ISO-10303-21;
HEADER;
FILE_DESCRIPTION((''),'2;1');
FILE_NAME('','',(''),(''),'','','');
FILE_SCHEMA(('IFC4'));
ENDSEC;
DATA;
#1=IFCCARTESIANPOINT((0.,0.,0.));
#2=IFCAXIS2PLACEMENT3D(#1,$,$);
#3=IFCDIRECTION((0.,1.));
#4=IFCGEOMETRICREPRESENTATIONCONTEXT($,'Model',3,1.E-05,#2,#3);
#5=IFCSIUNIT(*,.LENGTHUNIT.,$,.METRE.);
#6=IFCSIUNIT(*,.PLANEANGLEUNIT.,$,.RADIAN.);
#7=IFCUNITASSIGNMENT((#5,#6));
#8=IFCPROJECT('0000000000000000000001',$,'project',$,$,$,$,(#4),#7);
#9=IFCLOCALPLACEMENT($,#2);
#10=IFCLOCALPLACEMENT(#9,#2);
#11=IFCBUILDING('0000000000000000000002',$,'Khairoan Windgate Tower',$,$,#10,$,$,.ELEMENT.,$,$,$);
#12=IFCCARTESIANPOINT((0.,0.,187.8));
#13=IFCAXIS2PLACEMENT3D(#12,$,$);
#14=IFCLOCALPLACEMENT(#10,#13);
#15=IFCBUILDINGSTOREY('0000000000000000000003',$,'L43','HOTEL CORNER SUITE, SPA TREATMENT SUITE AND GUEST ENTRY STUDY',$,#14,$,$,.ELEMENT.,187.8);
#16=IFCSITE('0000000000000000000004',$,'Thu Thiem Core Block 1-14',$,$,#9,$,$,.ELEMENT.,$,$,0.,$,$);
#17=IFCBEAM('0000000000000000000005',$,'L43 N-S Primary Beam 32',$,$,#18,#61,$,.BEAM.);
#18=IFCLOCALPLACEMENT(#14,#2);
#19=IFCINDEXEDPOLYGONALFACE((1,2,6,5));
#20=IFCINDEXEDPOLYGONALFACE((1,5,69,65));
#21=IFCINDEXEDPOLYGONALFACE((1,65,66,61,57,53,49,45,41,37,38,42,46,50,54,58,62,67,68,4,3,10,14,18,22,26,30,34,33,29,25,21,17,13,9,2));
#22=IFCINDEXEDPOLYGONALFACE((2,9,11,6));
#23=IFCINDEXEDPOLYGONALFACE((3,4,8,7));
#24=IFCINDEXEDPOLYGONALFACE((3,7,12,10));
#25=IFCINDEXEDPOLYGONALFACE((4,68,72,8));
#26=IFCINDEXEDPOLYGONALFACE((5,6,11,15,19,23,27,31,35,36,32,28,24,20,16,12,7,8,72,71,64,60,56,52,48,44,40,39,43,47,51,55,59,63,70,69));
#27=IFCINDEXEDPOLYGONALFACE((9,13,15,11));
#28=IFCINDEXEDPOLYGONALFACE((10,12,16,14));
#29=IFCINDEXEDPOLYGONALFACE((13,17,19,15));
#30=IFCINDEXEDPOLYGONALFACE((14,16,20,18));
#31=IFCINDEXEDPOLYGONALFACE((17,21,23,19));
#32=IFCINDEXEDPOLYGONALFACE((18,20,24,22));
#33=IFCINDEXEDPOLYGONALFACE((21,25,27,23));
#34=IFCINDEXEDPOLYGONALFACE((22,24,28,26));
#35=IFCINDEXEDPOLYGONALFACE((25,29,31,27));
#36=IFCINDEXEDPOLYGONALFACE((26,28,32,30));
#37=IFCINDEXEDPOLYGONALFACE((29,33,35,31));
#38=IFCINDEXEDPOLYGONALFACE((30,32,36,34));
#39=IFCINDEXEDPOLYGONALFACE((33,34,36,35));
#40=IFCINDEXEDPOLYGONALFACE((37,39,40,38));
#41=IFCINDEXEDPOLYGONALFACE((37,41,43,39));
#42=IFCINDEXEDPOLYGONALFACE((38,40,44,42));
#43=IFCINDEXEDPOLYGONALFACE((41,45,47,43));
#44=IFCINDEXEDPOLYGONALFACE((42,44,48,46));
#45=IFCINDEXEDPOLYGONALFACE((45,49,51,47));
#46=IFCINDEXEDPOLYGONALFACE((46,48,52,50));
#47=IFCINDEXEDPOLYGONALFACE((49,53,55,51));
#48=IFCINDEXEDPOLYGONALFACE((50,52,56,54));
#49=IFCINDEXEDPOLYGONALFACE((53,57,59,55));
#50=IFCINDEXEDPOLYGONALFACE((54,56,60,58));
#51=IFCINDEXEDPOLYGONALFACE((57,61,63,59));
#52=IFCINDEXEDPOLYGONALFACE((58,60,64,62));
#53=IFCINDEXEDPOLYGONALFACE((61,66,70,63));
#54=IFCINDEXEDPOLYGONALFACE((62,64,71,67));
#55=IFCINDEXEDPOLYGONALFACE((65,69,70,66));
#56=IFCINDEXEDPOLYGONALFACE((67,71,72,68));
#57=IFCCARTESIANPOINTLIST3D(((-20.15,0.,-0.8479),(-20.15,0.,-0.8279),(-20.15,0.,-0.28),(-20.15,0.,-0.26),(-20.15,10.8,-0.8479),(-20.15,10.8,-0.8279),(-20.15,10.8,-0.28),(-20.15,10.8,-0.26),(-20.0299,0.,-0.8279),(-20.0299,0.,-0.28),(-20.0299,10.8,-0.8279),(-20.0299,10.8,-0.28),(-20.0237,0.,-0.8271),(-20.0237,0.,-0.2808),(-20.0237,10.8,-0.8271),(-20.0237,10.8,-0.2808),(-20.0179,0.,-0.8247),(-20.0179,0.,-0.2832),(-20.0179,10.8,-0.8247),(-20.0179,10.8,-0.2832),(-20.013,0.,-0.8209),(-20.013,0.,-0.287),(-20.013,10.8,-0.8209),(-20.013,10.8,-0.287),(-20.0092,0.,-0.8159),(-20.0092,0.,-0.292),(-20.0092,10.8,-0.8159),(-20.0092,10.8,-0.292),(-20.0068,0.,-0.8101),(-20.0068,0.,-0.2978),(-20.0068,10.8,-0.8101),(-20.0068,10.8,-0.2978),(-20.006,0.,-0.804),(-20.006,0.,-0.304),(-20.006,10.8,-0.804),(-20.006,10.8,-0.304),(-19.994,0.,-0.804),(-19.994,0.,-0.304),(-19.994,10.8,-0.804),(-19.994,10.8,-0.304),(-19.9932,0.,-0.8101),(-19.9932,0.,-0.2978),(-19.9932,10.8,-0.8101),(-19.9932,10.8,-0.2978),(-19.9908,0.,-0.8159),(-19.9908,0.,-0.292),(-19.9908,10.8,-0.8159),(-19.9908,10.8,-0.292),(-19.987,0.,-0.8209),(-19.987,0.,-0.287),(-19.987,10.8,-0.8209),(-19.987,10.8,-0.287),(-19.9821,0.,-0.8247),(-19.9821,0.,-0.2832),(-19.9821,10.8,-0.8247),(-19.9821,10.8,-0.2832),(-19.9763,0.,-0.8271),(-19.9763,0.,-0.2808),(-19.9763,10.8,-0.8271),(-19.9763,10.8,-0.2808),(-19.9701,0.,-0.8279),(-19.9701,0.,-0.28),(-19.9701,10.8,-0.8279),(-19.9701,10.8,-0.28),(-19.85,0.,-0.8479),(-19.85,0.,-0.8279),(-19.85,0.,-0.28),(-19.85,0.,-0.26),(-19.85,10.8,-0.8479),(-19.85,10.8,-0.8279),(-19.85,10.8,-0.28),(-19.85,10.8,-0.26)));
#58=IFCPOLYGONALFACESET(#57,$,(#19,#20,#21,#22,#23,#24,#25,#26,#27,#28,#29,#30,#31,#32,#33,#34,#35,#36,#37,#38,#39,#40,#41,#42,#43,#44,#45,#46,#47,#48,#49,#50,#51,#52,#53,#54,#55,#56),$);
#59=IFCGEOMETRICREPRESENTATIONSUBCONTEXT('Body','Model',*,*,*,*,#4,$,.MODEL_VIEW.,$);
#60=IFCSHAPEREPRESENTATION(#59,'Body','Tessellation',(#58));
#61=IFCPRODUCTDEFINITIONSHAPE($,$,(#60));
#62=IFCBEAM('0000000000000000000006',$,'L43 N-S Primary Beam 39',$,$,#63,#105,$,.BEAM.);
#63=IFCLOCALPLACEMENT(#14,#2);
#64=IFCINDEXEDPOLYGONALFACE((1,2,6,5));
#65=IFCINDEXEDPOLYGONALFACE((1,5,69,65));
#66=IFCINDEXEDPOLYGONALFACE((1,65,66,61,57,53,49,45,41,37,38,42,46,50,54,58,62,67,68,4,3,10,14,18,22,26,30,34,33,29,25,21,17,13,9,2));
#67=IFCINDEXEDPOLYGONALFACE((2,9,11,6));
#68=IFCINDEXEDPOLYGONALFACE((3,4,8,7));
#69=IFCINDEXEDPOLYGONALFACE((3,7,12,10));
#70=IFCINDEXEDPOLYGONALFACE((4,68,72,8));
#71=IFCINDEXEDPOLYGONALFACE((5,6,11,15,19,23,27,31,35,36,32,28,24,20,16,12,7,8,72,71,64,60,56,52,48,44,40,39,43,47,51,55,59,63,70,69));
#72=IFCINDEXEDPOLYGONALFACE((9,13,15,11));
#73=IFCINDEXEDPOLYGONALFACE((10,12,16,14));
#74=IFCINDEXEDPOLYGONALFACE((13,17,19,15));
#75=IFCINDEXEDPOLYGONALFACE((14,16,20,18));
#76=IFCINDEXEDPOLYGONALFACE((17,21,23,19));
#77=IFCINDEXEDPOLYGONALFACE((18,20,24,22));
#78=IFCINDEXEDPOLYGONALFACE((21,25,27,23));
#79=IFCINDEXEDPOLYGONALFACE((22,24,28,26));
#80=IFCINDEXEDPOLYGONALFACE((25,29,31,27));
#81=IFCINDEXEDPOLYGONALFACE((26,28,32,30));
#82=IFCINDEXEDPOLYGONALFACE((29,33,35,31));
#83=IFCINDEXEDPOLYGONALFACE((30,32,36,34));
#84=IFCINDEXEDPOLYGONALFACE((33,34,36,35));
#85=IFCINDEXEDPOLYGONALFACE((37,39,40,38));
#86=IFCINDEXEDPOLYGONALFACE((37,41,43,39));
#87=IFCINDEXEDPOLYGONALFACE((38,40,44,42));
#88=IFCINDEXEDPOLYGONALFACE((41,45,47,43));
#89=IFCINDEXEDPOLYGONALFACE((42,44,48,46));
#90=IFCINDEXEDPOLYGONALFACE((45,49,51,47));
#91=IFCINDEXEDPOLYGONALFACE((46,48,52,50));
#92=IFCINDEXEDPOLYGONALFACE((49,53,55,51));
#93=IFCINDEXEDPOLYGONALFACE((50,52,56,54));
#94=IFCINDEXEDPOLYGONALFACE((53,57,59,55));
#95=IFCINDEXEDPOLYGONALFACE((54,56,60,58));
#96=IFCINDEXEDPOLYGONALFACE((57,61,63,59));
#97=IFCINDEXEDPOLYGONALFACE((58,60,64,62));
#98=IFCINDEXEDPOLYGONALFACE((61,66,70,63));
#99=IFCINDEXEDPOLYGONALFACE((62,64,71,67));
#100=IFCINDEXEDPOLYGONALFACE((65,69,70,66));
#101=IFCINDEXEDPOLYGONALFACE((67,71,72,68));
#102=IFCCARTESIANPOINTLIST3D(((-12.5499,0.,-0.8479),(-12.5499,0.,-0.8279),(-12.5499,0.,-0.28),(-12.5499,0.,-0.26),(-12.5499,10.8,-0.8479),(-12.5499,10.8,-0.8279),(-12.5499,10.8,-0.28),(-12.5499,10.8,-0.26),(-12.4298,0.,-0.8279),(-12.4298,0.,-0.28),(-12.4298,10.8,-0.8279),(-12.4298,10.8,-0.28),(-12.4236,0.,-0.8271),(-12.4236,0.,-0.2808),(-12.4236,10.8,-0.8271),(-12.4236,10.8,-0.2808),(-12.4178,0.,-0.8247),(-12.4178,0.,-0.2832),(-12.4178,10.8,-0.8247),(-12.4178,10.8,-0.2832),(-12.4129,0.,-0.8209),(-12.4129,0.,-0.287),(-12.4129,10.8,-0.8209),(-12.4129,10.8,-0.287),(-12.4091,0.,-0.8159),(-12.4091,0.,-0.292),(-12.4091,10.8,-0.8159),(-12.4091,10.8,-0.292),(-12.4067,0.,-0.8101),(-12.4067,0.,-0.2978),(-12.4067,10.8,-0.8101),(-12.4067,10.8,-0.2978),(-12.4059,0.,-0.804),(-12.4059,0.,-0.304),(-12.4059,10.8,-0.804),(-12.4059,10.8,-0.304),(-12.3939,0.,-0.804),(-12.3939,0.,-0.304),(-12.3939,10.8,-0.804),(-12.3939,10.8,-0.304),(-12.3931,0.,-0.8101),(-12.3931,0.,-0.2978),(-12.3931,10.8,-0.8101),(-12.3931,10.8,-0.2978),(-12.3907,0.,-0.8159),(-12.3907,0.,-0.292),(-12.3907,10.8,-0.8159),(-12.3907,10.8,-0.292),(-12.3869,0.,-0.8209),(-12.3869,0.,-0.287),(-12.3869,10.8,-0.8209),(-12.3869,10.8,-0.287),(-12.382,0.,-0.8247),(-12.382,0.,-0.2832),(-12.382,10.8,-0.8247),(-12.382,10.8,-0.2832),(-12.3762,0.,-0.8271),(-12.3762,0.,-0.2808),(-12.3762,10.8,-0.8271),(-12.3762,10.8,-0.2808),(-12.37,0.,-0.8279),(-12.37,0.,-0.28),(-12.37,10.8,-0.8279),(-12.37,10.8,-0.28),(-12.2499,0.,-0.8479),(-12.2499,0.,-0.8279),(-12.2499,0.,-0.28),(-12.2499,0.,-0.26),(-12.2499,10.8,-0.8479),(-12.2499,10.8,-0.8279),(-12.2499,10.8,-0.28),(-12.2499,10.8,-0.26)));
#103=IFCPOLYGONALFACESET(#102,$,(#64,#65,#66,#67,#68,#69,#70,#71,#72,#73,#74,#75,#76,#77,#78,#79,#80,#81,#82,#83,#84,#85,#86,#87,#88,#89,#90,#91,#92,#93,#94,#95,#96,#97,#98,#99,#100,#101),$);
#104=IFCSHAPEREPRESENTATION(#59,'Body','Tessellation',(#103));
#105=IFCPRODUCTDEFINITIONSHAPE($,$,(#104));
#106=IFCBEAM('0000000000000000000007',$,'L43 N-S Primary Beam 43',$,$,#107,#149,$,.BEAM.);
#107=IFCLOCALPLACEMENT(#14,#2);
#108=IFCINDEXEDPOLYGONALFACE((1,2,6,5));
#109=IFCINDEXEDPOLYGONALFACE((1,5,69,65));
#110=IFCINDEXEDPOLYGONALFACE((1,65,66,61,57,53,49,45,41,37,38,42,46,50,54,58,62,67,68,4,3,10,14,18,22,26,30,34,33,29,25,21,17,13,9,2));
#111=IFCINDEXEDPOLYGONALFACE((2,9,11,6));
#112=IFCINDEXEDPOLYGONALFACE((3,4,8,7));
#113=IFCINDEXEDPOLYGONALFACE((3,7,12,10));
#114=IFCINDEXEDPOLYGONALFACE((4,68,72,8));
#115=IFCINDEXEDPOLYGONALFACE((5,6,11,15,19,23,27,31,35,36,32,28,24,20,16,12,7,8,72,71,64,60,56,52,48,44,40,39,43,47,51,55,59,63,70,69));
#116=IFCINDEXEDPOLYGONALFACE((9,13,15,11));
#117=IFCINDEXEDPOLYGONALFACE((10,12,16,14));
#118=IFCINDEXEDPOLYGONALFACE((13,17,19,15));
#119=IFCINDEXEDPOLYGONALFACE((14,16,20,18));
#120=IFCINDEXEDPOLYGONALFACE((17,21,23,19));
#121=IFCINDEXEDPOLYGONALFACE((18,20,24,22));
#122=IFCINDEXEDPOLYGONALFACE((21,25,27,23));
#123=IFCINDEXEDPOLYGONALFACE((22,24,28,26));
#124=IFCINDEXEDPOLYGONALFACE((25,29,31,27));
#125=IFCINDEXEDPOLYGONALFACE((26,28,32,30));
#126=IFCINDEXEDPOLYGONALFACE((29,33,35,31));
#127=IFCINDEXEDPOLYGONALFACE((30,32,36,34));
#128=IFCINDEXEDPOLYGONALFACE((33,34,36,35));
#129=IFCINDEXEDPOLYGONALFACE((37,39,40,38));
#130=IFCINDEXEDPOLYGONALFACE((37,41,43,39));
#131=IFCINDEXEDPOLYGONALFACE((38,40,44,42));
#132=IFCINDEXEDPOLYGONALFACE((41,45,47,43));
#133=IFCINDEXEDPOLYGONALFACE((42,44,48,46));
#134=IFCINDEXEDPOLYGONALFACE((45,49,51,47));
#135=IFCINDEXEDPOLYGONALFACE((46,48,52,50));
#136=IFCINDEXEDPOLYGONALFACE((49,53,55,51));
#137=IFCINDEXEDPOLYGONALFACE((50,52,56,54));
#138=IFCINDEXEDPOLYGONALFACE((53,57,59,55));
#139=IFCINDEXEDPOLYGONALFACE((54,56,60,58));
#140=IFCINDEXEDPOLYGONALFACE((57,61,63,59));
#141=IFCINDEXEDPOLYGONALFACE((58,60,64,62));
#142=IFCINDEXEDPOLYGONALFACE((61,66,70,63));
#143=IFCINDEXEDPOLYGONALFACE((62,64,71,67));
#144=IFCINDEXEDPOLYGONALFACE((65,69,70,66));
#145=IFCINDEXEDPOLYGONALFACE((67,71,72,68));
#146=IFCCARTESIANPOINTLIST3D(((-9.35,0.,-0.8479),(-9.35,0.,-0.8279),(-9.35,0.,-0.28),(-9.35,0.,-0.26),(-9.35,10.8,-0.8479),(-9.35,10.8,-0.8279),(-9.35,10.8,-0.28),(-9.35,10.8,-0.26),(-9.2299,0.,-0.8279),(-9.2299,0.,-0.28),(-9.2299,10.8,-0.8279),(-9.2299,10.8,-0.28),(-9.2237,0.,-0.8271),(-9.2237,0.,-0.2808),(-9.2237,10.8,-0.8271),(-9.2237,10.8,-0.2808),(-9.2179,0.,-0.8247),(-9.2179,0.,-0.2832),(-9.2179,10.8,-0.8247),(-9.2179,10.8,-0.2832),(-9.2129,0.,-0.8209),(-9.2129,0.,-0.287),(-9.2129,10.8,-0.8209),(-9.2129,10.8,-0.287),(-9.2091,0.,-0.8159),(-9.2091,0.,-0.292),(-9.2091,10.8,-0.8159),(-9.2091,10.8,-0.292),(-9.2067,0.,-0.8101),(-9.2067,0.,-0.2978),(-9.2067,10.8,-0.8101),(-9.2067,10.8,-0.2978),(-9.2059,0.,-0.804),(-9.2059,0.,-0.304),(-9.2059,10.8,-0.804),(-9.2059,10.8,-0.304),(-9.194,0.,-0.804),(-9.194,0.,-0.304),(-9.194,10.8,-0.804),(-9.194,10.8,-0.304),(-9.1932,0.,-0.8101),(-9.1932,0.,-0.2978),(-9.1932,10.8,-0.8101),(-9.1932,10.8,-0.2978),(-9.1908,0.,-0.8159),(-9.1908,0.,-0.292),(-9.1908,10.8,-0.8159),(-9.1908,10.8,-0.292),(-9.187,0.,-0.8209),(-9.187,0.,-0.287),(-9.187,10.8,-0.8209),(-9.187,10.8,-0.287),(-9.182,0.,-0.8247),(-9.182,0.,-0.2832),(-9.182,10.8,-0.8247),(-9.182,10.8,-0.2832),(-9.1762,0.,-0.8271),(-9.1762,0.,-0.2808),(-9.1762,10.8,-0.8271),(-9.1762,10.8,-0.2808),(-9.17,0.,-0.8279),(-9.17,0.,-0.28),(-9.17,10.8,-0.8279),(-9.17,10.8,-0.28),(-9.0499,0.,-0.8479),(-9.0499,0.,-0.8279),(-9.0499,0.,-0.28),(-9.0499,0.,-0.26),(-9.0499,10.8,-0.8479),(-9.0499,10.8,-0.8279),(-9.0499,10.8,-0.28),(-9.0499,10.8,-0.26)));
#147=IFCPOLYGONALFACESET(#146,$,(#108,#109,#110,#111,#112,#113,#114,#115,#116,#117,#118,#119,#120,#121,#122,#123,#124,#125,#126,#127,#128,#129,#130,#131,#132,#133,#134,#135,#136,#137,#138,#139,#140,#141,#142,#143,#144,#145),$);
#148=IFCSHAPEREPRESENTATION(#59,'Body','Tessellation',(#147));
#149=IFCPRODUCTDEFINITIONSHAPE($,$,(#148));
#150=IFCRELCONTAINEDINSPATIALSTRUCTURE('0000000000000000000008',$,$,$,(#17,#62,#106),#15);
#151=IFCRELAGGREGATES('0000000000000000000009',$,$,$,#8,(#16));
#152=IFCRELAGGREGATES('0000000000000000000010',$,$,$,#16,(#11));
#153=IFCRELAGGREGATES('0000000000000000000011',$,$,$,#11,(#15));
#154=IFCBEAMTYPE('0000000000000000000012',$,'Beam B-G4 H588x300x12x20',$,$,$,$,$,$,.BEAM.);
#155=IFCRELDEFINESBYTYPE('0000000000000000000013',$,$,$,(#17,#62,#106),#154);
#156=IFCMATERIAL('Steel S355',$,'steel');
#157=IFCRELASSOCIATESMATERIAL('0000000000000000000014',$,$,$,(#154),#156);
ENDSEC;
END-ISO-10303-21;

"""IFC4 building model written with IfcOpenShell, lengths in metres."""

from ifc_helpers import new_model, si_unit, direction, frame, origin, origin_2d, place, context, subcontext, project, spatial, i_section, extrude, material, material_profile, profile_set, type_object, element, save


model = new_model("IFC4")

# Units and contexts
model_context = context("Model", 3, precision=1e-05, world=origin(), true_north=direction((0.0, 1.0)))
body_context = subcontext(model_context, "Body", "Model", "MODEL_VIEW")
ifc_project = project(units=[si_unit("LENGTHUNIT", "METRE"), si_unit("PLANEANGLEUNIT", "RADIAN")], contexts=[model_context])

# Site, building, storey
site_placement = place(None, origin())
site = spatial("IfcSite", under=ifc_project, at=site_placement, Name="Thu Thiem Core Block 1-14", CompositionType="ELEMENT", RefElevation=0.0)
building_placement = place(site_placement, origin())
building = spatial("IfcBuilding", under=site, at=building_placement, Name="Khairoan Windgate Tower", CompositionType="ELEMENT")
storey_placement = place(building_placement, frame((0.0, 0.0, 187.8)))
storey = spatial("IfcBuildingStorey", under=building, at=storey_placement, Name="L43", Description="HOTEL CORNER SUITE, SPA TREATMENT SUITE AND GUEST ENTRY STUDY", CompositionType="ELEMENT", Elevation=187.8)

# Beams
ifc_material_1 = material(Name="Steel S355", Category="steel")
ifc_material_profile_1 = material_profile(ifc_material_1, i_section(OverallWidth=0.3, OverallDepth=0.5879, WebThickness=0.012, FlangeThickness=0.02, FilletRadius=0.0239, at=origin_2d()))
ifc_profile_set_1 = profile_set([ifc_material_profile_1], Name="Steel S355")
beam_type_1 = type_object("IfcBeamType", Name="Beam B-G4 H588x300x12x20", PredefinedType="BEAM", material=ifc_profile_set_1)
for number, where, z_axis, x_axis, name in (
    (1, (-20.0, 0.0, -0.554), (0.0, 1.0, 0.0), (-1.0, 0.0, 0.0), "L43 N-S Primary Beam 32"),
    (2, (-12.3999, 0.0, -0.554), (0.0, 1.0, 0.0), (-1.0, 0.0, 0.0), "L43 N-S Primary Beam 39"),
    (3, (-9.2, 0.0, -0.554), (0.0, 1.0, 0.0), (-1.0, 0.0, 0.0), "L43 N-S Primary Beam 43"),
):
    element("IfcBeam", number, at=place(storey_placement, frame(where, z_axis=z_axis, x_axis=x_axis)), inside=storey, type_object=beam_type_1, Name=name, PredefinedType="BEAM", context=body_context, shape_type="SweptSolid", body=[
        extrude(i_section(OverallWidth=0.3, OverallDepth=0.5879, WebThickness=0.012, FlangeThickness=0.02, FilletRadius=0.0239, at=origin_2d()), origin(), (0.0, 0.0, 1.0), 10.8),
    ])

save(model, "model.ifc")
